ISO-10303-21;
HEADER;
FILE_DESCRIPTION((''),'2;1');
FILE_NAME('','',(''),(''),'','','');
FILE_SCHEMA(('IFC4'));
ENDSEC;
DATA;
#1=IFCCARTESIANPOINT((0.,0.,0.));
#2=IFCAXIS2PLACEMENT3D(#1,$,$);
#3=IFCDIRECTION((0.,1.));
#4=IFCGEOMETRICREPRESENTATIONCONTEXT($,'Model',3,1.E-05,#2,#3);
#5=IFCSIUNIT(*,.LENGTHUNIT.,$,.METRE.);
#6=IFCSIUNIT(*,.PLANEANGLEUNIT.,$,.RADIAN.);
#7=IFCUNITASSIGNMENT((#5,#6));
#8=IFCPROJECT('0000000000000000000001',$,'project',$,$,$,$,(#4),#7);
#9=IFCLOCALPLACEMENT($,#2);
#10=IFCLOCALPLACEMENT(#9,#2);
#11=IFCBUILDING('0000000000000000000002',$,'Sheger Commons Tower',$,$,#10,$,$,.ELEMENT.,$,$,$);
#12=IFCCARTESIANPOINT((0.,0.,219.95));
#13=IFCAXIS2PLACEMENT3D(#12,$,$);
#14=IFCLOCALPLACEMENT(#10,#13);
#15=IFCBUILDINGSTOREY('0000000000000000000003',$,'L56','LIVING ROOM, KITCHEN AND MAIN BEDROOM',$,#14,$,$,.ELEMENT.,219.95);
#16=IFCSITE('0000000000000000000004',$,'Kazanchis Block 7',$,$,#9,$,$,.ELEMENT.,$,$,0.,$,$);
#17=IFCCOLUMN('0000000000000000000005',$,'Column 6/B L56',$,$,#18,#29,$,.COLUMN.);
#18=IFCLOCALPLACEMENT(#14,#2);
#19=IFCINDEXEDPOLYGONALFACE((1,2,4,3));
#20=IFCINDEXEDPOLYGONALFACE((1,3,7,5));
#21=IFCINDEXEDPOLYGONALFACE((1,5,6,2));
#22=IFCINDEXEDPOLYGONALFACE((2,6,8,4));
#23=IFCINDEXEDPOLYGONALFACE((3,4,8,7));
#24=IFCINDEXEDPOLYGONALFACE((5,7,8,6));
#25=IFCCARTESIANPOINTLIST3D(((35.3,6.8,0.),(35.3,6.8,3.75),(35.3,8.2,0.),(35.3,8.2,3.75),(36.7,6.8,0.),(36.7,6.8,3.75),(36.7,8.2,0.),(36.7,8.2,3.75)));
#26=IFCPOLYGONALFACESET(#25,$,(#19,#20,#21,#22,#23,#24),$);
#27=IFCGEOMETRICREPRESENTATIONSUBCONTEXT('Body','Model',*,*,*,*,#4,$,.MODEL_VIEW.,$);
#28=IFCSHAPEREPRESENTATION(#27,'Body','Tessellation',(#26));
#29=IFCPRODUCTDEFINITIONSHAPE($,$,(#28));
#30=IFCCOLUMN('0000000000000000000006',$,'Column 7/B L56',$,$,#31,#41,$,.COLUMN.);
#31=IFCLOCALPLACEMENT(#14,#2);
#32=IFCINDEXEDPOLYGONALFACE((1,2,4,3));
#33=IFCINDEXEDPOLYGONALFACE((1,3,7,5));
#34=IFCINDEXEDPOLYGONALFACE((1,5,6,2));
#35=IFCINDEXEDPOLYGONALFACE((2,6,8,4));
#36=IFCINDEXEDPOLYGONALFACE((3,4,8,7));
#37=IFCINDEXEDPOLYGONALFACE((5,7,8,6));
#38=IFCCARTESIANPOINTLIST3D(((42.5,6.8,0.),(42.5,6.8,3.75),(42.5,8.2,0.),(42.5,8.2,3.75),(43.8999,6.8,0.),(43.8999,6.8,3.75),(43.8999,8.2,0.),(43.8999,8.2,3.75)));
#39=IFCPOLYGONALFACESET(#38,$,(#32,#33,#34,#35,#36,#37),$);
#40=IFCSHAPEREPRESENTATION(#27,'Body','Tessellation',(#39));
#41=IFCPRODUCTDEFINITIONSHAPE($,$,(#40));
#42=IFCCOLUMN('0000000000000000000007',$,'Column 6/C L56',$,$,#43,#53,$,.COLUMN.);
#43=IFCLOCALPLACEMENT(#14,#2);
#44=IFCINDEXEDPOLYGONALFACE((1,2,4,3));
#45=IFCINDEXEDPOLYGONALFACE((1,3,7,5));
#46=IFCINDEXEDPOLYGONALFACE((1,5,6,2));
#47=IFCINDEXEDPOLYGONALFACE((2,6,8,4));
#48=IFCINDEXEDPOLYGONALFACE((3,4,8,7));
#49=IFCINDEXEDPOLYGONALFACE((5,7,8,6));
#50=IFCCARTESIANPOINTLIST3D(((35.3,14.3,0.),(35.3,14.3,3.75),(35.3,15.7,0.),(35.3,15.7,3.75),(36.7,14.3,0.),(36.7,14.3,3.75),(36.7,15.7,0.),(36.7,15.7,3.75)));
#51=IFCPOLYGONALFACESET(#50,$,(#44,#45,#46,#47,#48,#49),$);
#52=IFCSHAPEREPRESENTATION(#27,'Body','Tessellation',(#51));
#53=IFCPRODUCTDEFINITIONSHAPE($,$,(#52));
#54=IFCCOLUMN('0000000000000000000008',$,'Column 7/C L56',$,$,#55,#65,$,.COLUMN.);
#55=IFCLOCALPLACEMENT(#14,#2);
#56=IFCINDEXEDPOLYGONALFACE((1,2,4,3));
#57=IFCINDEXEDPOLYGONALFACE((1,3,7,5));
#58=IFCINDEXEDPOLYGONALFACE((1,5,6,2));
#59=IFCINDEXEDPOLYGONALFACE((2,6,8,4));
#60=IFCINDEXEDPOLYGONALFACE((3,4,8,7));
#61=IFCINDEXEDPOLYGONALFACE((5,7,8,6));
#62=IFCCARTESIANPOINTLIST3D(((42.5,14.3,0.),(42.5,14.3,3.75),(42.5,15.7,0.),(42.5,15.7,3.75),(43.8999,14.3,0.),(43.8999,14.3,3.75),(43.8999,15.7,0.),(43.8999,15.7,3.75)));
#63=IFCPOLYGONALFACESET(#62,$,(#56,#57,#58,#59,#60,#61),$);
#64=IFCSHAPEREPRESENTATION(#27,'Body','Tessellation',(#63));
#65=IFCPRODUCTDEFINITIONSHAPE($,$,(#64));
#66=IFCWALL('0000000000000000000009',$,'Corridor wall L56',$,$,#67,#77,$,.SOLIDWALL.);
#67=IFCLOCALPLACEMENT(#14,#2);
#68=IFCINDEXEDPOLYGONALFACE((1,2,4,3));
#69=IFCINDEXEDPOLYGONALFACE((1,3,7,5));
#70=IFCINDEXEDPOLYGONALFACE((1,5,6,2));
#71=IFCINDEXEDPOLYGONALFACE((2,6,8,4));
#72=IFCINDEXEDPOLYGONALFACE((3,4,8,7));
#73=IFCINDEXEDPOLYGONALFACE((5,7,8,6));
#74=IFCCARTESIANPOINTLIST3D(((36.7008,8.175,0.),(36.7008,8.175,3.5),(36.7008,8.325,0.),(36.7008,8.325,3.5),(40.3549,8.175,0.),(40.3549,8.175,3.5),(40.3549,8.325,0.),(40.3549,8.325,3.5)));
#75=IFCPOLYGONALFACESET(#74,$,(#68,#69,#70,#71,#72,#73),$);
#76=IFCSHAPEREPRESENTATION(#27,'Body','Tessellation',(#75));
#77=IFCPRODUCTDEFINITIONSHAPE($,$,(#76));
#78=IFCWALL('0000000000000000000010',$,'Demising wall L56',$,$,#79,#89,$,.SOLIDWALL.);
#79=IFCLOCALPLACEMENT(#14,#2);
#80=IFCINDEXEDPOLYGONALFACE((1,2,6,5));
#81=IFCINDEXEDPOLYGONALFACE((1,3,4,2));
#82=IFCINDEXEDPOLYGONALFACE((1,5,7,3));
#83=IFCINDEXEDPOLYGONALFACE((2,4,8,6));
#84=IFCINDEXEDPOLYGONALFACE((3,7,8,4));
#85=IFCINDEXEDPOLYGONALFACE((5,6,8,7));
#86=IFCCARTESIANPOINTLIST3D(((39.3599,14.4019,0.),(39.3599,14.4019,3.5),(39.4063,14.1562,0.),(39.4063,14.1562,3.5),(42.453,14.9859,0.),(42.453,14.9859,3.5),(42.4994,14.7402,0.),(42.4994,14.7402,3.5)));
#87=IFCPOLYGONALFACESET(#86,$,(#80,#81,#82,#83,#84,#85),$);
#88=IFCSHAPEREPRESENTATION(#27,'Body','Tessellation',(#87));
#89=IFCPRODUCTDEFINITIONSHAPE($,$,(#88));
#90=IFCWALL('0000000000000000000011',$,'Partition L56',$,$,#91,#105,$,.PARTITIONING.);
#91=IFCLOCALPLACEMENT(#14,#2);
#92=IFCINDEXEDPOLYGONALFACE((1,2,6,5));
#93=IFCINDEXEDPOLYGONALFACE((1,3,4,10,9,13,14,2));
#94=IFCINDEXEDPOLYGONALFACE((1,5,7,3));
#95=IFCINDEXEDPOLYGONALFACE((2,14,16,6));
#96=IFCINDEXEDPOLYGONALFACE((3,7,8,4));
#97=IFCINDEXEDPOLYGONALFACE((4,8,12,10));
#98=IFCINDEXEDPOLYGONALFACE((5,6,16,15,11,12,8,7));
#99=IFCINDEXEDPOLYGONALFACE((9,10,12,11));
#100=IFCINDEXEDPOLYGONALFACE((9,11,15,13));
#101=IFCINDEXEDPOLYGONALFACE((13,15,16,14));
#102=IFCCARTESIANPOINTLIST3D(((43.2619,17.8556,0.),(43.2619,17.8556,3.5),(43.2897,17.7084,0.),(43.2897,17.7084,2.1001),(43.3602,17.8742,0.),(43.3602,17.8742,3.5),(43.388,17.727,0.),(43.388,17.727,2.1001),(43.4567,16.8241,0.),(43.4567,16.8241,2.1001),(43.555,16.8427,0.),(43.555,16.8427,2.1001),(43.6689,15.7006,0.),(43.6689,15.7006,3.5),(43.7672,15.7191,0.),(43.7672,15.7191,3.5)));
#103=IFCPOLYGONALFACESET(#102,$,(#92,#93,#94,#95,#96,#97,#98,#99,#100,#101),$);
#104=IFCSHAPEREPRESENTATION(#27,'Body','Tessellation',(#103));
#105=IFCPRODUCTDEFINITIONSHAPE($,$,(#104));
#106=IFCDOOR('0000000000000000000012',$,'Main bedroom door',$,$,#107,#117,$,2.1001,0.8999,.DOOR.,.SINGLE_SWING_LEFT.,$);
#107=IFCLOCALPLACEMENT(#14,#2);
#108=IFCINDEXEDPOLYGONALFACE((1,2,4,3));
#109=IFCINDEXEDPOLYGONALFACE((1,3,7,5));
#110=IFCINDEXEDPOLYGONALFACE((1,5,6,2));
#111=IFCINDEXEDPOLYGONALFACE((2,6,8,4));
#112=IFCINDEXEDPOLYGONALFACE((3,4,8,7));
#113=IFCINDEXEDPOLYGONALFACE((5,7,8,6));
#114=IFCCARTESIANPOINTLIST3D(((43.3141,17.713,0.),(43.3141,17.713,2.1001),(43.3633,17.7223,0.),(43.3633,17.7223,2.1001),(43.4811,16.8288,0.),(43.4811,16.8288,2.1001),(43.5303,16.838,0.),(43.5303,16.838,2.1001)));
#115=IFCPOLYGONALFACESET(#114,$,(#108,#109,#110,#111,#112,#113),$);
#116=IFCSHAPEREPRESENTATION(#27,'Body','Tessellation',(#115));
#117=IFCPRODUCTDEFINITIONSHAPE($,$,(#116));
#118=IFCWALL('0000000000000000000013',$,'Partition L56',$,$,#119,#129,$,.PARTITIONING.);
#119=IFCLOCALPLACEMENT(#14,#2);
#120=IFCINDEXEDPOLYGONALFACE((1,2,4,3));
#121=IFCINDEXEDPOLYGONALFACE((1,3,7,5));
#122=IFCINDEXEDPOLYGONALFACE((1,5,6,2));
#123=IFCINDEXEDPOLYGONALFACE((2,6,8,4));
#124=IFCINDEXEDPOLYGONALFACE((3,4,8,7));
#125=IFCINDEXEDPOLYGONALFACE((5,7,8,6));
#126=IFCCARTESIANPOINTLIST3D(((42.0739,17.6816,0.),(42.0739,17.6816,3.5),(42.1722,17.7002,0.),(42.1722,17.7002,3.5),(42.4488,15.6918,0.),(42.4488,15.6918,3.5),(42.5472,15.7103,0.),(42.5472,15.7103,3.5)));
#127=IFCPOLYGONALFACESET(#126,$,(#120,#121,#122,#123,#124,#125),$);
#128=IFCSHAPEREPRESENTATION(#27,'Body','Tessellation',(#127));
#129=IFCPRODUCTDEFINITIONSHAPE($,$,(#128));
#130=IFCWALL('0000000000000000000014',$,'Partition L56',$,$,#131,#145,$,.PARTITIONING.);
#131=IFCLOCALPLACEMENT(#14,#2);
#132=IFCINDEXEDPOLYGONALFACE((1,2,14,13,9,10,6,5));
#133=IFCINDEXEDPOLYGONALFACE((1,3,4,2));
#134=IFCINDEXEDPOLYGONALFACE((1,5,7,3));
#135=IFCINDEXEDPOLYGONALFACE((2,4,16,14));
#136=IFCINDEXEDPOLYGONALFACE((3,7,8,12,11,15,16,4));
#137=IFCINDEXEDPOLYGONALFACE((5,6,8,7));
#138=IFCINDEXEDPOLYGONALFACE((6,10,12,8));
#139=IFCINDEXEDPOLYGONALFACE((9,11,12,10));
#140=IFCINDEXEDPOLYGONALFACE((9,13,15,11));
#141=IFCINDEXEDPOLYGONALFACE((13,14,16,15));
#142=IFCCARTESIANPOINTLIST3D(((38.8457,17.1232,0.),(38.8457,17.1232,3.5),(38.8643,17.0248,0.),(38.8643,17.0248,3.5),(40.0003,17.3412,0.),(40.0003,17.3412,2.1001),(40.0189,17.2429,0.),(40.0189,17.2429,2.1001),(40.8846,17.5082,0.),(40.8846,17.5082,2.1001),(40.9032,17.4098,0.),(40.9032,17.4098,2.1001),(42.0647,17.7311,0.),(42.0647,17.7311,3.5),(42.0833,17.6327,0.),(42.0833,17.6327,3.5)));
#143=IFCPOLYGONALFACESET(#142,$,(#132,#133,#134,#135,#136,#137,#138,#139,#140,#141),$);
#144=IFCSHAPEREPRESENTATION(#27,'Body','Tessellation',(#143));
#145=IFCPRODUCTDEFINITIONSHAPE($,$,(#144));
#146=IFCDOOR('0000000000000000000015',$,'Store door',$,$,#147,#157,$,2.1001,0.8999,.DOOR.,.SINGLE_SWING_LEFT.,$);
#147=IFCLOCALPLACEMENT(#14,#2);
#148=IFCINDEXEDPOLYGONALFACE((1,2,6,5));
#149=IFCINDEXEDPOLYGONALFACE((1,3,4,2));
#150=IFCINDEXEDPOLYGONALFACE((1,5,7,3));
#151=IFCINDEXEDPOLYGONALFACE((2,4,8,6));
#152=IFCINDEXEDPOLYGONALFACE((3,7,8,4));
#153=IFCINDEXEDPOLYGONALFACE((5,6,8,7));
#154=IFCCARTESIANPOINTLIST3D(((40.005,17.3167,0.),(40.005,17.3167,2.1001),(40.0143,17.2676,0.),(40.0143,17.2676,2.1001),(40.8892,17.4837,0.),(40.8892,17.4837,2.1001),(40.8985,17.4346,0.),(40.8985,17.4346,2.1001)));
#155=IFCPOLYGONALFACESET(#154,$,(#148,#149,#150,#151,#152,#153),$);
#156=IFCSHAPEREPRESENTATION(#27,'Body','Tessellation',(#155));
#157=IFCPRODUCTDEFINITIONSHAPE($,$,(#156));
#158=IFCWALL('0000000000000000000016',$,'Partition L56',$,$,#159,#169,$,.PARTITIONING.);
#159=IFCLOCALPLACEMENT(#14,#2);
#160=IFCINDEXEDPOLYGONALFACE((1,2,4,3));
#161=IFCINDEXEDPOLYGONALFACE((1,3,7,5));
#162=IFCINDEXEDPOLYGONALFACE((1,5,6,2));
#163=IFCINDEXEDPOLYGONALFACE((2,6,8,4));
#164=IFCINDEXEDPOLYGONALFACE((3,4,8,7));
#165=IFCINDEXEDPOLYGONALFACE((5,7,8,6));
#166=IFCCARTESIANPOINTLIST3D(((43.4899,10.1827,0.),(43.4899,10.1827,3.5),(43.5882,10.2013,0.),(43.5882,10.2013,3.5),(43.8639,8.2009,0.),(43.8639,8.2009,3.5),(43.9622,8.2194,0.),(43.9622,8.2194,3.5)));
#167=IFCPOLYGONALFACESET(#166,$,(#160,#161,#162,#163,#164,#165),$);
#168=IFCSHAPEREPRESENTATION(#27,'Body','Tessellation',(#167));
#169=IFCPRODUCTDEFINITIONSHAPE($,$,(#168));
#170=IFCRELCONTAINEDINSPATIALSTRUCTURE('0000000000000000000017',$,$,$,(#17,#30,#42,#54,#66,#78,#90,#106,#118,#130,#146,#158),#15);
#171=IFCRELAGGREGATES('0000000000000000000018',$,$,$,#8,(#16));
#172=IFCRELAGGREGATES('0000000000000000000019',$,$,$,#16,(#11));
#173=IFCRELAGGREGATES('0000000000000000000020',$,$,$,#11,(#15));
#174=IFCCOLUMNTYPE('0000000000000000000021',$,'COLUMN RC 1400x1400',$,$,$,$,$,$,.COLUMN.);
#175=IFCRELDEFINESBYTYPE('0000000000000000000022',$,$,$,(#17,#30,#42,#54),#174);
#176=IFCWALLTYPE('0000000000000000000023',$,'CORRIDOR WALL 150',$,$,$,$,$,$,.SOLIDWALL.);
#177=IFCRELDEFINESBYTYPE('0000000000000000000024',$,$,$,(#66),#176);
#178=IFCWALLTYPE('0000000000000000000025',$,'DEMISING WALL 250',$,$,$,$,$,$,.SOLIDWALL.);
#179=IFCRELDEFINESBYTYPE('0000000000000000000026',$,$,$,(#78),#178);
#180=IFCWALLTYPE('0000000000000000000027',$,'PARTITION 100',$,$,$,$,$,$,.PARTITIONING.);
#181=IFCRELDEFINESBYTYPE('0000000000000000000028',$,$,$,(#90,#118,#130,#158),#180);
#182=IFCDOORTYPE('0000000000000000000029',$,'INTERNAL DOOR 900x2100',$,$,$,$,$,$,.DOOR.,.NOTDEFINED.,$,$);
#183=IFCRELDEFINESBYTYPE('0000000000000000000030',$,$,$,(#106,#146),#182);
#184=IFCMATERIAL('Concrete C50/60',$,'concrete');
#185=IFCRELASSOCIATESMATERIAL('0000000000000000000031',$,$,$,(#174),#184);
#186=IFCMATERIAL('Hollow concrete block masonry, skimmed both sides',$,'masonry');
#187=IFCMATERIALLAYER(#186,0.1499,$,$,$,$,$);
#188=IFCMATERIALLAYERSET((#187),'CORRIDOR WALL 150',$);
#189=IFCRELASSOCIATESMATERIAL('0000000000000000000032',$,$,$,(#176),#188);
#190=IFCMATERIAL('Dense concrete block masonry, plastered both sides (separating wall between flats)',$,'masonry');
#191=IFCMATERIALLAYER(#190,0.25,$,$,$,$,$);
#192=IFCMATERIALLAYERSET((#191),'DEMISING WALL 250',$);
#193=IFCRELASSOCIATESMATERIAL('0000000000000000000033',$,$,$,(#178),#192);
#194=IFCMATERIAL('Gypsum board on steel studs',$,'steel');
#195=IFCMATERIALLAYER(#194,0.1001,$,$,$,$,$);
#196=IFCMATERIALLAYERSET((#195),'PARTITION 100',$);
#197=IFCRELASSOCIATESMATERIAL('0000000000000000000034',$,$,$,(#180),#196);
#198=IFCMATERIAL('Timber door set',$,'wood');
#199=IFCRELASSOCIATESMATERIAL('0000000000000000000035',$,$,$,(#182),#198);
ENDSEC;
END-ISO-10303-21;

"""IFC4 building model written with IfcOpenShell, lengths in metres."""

from ifc_helpers import new_model, si_unit, direction, frame, frame_2d, origin, origin_2d, place, context, subcontext, project, spatial, rectangle, extrude, material, layer, layer_set, material_profile, profile_set, type_object, element, fill, save


model = new_model("IFC4")

# Units and contexts
model_context = context("Model", 3, precision=1e-05, world=origin(), true_north=direction((0.0, 1.0)))
body_context = subcontext(model_context, "Body", "Model", "MODEL_VIEW")
ifc_project = project(units=[si_unit("LENGTHUNIT", "METRE"), si_unit("PLANEANGLEUNIT", "RADIAN")], contexts=[model_context])

# Site, building, storey
site_placement = place(None, origin())
site = spatial("IfcSite", under=ifc_project, at=site_placement, Name="Kazanchis Block 7", CompositionType="ELEMENT", RefElevation=0.0)
building_placement = place(site_placement, origin())
building = spatial("IfcBuilding", under=site, at=building_placement, Name="Sheger Commons Tower", CompositionType="ELEMENT")
storey_placement = place(building_placement, frame((0.0, 0.0, 219.95)))
storey = spatial("IfcBuildingStorey", under=building, at=storey_placement, Name="L56", Description="LIVING ROOM, KITCHEN AND MAIN BEDROOM", CompositionType="ELEMENT", Elevation=219.95)

# Columns
ifc_material_1 = material(Name="Concrete C50/60", Category="concrete")
ifc_material_profile = material_profile(ifc_material_1, rectangle(XDim=1.3999, YDim=1.3999, at=origin_2d()), Name="RC 1400x1400")
ifc_profile_set = profile_set([ifc_material_profile], Name="Concrete C50/60")
column_type = type_object("IfcColumnType", Name="COLUMN RC 1400x1400", PredefinedType="COLUMN", material=ifc_profile_set)
for number, where, z_axis, x_axis, name in (
    (1, (36.0, 7.5, 0.0), (0.0, 0.0, 1.0), (1.0, 0.0, 0.0), "Column 6/B L56"),
    (2, (43.2, 7.5, 0.0), (0.0, 0.0, 1.0), (1.0, 0.0, 0.0), "Column 7/B L56"),
    (3, (36.0, 15.0, 0.0), (0.0, 0.0, 1.0), (1.0, 0.0, 0.0), "Column 6/C L56"),
    (4, (43.2, 15.0, 0.0), (0.0, 0.0, 1.0), (1.0, 0.0, 0.0), "Column 7/C L56"),
):
    element("IfcColumn", number, at=place(storey_placement, frame(where, z_axis=z_axis, x_axis=x_axis)), inside=storey, type_object=column_type, Name=name, PredefinedType="COLUMN", context=body_context, shape_type="SweptSolid", body=[
        extrude(rectangle(XDim=1.3999, YDim=1.3999, at=origin_2d()), origin(), (0.0, 0.0, 1.0), 3.75),
    ])

# Walls
ifc_material_2 = material(Name="Hollow concrete block masonry, skimmed both sides", Category="masonry")
ifc_layer_1 = layer(ifc_material_2, 0.1499)
ifc_layer_set_1 = layer_set([ifc_layer_1], Name="CORRIDOR WALL 150")
wall_type_1 = type_object("IfcWallType", Name="CORRIDOR WALL 150", PredefinedType="SOLIDWALL", material=ifc_layer_set_1)
wall_1_placement = place(storey_placement, frame((40.355, 8.25, 0.0), z_axis=(0.0, 0.0, 1.0), x_axis=(-1.0, 0.0, 0.0)))
element("IfcWall", 5, at=wall_1_placement, inside=storey, type_object=wall_type_1, Name="Corridor wall L56", PredefinedType="SOLIDWALL", context=body_context, shape_type="SweptSolid", body=[
    extrude(rectangle(XDim=3.6541, YDim=0.1499, at=frame_2d((1.8271, 0.0))), origin(), (0.0, 0.0, 1.0), 3.5),
])
ifc_material_3 = material(Name="Dense concrete block masonry, plastered both sides (separating wall between flats)", Category="masonry")
ifc_layer_2 = layer(ifc_material_3, 0.25)
ifc_layer_set_2 = layer_set([ifc_layer_2], Name="DEMISING WALL 250")
wall_type_2 = type_object("IfcWallType", Name="DEMISING WALL 250", PredefinedType="SOLIDWALL", material=ifc_layer_set_2)
wall_2_placement = place(storey_placement, frame((42.4761, 14.863, 0.0), z_axis=(0.0, 0.0, 1.0), x_axis=(-0.982639, -0.185529, 0.0)))
element("IfcWall", 6, at=wall_2_placement, inside=storey, type_object=wall_type_2, Name="Demising wall L56", PredefinedType="SOLIDWALL", context=body_context, shape_type="SweptSolid", body=[
    extrude(rectangle(XDim=3.1477, YDim=0.25, at=frame_2d((1.5737, 0.0))), origin(), (0.0, 0.0, 1.0), 3.5),
])

# Wall, opening, door
ifc_material_4 = material(Name="Gypsum board on steel studs", Category="steel")
ifc_layer_3 = layer(ifc_material_4, 0.1001)
ifc_layer_set_3 = layer_set([ifc_layer_3], Name="PARTITION 100")
wall_type_3 = type_object("IfcWallType", Name="PARTITION 100", PredefinedType="PARTITIONING", material=ifc_layer_set_3)
wall_3_placement = place(storey_placement, frame((43.311, 17.865, 0.0), z_axis=(0.0, 0.0, 1.0), x_axis=(0.185572, -0.982631, 0.0)))
wall_3 = element("IfcWall", 7, at=wall_3_placement, inside=storey, type_object=wall_type_3, Name="Partition L56", PredefinedType="PARTITIONING", context=body_context, shape_type="SweptSolid", body=[
    extrude(rectangle(XDim=2.1931, YDim=0.1001, at=frame_2d((1.0967, 0.0))), origin(), (0.0, 0.0, 1.0), 3.5),
])
opening_1_placement = place(wall_3_placement, frame((0.1499, 0.0, 0.0)))
opening_1 = element("IfcOpeningElement", 8, at=opening_1_placement, cuts=wall_3, PredefinedType="OPENING", context=body_context, shape_type="SweptSolid", body=[
    extrude(rectangle(XDim=0.8999, YDim=2.1001, at=frame_2d((0.45, 1.05))), frame((0.0, 0.0601, 0.0), z_axis=(0.0, -1.0, 0.0), x_axis=(1.0, 0.0, 0.0)), (0.0, 0.0, 1.0), 0.1201),
])
ifc_material_5 = material(Name="Timber door set", Category="wood")
door_type_1 = type_object("IfcDoorType", Name="INTERNAL DOOR 900x2100", OperationType="NOTDEFINED", PredefinedType="DOOR", material=ifc_material_5)
door_1_placement = place(opening_1_placement, origin())
door_1 = element("IfcDoor", 9, at=door_1_placement, inside=storey, type_object=door_type_1, Name="Main bedroom door", OperationType="SINGLE_SWING_LEFT", OverallHeight=2.1001, OverallWidth=0.8999, PredefinedType="DOOR", context=body_context, shape_type="SweptSolid", body=[
    extrude(rectangle(XDim=0.8999, YDim=2.1001, at=frame_2d((0.45, 1.05))), frame((0.0, 0.0249, 0.0), z_axis=(0.0, -1.0, 0.0), x_axis=(1.0, 0.0, 0.0)), (0.0, 0.0, 1.0), 0.05),
])
fill(opening_1, door_1)

# Wall
wall_4_placement = place(storey_placement, frame((42.123, 17.6909, 0.0), z_axis=(0.0, 0.0, 1.0), x_axis=(0.185184, -0.982704, 0.0)))
element("IfcWall", 10, at=wall_4_placement, inside=storey, type_object=wall_type_3, Name="Partition L56", PredefinedType="PARTITIONING", context=body_context, shape_type="SweptSolid", body=[
    extrude(rectangle(XDim=2.0249, YDim=0.1001, at=frame_2d((1.0125, 0.0))), origin(), (0.0, 0.0, 1.0), 3.5),
])

# Wall, opening, door
wall_5_placement = place(storey_placement, frame((42.074, 17.6819, 0.0), z_axis=(0.0, 0.0, 1.0), x_axis=(-0.982631, -0.185571, 0.0)))
wall_5 = element("IfcWall", 11, at=wall_5_placement, inside=storey, type_object=wall_type_3, Name="Partition L56", PredefinedType="PARTITIONING", context=body_context, shape_type="SweptSolid", body=[
    extrude(rectangle(XDim=3.2759, YDim=0.1001, at=frame_2d((1.6379, 0.0))), origin(), (0.0, 0.0, 1.0), 3.5),
])
opening_2_placement = place(wall_5_placement, frame((1.2009, 0.0, 0.0)))
opening_2 = element("IfcOpeningElement", 12, at=opening_2_placement, cuts=wall_5, PredefinedType="OPENING", context=body_context, shape_type="SweptSolid", body=[
    extrude(rectangle(XDim=0.8999, YDim=2.1001, at=frame_2d((0.45, 1.05))), frame((0.0, 0.0601, 0.0), z_axis=(0.0, -1.0, 0.0), x_axis=(1.0, 0.0, 0.0)), (0.0, 0.0, 1.0), 0.1201),
])
door_2_placement = place(opening_2_placement, origin())
door_2 = element("IfcDoor", 13, at=door_2_placement, inside=storey, type_object=door_type_1, Name="Store door", OperationType="SINGLE_SWING_LEFT", OverallHeight=2.1001, OverallWidth=0.8999, PredefinedType="DOOR", context=body_context, shape_type="SweptSolid", body=[
    extrude(rectangle(XDim=0.8999, YDim=2.1001, at=frame_2d((0.45, 1.05))), frame((0.0, 0.0249, 0.0), z_axis=(0.0, -1.0, 0.0), x_axis=(1.0, 0.0, 0.0)), (0.0, 0.0, 1.0), 0.05),
])
fill(opening_2, door_2)

# Wall
wall_6_placement = place(storey_placement, frame((43.5391, 10.1919, 0.0), z_axis=(0.0, 0.0, 1.0), x_axis=(0.185443, -0.982655, 0.0)))
element("IfcWall", 14, at=wall_6_placement, inside=storey, type_object=wall_type_3, Name="Partition L56", PredefinedType="PARTITIONING", context=body_context, shape_type="SweptSolid", body=[
    extrude(rectangle(XDim=2.0168, YDim=0.1001, at=frame_2d((1.0083, 0.0))), origin(), (0.0, 0.0, 1.0), 3.5),
])

save(model, "model.ifc")
